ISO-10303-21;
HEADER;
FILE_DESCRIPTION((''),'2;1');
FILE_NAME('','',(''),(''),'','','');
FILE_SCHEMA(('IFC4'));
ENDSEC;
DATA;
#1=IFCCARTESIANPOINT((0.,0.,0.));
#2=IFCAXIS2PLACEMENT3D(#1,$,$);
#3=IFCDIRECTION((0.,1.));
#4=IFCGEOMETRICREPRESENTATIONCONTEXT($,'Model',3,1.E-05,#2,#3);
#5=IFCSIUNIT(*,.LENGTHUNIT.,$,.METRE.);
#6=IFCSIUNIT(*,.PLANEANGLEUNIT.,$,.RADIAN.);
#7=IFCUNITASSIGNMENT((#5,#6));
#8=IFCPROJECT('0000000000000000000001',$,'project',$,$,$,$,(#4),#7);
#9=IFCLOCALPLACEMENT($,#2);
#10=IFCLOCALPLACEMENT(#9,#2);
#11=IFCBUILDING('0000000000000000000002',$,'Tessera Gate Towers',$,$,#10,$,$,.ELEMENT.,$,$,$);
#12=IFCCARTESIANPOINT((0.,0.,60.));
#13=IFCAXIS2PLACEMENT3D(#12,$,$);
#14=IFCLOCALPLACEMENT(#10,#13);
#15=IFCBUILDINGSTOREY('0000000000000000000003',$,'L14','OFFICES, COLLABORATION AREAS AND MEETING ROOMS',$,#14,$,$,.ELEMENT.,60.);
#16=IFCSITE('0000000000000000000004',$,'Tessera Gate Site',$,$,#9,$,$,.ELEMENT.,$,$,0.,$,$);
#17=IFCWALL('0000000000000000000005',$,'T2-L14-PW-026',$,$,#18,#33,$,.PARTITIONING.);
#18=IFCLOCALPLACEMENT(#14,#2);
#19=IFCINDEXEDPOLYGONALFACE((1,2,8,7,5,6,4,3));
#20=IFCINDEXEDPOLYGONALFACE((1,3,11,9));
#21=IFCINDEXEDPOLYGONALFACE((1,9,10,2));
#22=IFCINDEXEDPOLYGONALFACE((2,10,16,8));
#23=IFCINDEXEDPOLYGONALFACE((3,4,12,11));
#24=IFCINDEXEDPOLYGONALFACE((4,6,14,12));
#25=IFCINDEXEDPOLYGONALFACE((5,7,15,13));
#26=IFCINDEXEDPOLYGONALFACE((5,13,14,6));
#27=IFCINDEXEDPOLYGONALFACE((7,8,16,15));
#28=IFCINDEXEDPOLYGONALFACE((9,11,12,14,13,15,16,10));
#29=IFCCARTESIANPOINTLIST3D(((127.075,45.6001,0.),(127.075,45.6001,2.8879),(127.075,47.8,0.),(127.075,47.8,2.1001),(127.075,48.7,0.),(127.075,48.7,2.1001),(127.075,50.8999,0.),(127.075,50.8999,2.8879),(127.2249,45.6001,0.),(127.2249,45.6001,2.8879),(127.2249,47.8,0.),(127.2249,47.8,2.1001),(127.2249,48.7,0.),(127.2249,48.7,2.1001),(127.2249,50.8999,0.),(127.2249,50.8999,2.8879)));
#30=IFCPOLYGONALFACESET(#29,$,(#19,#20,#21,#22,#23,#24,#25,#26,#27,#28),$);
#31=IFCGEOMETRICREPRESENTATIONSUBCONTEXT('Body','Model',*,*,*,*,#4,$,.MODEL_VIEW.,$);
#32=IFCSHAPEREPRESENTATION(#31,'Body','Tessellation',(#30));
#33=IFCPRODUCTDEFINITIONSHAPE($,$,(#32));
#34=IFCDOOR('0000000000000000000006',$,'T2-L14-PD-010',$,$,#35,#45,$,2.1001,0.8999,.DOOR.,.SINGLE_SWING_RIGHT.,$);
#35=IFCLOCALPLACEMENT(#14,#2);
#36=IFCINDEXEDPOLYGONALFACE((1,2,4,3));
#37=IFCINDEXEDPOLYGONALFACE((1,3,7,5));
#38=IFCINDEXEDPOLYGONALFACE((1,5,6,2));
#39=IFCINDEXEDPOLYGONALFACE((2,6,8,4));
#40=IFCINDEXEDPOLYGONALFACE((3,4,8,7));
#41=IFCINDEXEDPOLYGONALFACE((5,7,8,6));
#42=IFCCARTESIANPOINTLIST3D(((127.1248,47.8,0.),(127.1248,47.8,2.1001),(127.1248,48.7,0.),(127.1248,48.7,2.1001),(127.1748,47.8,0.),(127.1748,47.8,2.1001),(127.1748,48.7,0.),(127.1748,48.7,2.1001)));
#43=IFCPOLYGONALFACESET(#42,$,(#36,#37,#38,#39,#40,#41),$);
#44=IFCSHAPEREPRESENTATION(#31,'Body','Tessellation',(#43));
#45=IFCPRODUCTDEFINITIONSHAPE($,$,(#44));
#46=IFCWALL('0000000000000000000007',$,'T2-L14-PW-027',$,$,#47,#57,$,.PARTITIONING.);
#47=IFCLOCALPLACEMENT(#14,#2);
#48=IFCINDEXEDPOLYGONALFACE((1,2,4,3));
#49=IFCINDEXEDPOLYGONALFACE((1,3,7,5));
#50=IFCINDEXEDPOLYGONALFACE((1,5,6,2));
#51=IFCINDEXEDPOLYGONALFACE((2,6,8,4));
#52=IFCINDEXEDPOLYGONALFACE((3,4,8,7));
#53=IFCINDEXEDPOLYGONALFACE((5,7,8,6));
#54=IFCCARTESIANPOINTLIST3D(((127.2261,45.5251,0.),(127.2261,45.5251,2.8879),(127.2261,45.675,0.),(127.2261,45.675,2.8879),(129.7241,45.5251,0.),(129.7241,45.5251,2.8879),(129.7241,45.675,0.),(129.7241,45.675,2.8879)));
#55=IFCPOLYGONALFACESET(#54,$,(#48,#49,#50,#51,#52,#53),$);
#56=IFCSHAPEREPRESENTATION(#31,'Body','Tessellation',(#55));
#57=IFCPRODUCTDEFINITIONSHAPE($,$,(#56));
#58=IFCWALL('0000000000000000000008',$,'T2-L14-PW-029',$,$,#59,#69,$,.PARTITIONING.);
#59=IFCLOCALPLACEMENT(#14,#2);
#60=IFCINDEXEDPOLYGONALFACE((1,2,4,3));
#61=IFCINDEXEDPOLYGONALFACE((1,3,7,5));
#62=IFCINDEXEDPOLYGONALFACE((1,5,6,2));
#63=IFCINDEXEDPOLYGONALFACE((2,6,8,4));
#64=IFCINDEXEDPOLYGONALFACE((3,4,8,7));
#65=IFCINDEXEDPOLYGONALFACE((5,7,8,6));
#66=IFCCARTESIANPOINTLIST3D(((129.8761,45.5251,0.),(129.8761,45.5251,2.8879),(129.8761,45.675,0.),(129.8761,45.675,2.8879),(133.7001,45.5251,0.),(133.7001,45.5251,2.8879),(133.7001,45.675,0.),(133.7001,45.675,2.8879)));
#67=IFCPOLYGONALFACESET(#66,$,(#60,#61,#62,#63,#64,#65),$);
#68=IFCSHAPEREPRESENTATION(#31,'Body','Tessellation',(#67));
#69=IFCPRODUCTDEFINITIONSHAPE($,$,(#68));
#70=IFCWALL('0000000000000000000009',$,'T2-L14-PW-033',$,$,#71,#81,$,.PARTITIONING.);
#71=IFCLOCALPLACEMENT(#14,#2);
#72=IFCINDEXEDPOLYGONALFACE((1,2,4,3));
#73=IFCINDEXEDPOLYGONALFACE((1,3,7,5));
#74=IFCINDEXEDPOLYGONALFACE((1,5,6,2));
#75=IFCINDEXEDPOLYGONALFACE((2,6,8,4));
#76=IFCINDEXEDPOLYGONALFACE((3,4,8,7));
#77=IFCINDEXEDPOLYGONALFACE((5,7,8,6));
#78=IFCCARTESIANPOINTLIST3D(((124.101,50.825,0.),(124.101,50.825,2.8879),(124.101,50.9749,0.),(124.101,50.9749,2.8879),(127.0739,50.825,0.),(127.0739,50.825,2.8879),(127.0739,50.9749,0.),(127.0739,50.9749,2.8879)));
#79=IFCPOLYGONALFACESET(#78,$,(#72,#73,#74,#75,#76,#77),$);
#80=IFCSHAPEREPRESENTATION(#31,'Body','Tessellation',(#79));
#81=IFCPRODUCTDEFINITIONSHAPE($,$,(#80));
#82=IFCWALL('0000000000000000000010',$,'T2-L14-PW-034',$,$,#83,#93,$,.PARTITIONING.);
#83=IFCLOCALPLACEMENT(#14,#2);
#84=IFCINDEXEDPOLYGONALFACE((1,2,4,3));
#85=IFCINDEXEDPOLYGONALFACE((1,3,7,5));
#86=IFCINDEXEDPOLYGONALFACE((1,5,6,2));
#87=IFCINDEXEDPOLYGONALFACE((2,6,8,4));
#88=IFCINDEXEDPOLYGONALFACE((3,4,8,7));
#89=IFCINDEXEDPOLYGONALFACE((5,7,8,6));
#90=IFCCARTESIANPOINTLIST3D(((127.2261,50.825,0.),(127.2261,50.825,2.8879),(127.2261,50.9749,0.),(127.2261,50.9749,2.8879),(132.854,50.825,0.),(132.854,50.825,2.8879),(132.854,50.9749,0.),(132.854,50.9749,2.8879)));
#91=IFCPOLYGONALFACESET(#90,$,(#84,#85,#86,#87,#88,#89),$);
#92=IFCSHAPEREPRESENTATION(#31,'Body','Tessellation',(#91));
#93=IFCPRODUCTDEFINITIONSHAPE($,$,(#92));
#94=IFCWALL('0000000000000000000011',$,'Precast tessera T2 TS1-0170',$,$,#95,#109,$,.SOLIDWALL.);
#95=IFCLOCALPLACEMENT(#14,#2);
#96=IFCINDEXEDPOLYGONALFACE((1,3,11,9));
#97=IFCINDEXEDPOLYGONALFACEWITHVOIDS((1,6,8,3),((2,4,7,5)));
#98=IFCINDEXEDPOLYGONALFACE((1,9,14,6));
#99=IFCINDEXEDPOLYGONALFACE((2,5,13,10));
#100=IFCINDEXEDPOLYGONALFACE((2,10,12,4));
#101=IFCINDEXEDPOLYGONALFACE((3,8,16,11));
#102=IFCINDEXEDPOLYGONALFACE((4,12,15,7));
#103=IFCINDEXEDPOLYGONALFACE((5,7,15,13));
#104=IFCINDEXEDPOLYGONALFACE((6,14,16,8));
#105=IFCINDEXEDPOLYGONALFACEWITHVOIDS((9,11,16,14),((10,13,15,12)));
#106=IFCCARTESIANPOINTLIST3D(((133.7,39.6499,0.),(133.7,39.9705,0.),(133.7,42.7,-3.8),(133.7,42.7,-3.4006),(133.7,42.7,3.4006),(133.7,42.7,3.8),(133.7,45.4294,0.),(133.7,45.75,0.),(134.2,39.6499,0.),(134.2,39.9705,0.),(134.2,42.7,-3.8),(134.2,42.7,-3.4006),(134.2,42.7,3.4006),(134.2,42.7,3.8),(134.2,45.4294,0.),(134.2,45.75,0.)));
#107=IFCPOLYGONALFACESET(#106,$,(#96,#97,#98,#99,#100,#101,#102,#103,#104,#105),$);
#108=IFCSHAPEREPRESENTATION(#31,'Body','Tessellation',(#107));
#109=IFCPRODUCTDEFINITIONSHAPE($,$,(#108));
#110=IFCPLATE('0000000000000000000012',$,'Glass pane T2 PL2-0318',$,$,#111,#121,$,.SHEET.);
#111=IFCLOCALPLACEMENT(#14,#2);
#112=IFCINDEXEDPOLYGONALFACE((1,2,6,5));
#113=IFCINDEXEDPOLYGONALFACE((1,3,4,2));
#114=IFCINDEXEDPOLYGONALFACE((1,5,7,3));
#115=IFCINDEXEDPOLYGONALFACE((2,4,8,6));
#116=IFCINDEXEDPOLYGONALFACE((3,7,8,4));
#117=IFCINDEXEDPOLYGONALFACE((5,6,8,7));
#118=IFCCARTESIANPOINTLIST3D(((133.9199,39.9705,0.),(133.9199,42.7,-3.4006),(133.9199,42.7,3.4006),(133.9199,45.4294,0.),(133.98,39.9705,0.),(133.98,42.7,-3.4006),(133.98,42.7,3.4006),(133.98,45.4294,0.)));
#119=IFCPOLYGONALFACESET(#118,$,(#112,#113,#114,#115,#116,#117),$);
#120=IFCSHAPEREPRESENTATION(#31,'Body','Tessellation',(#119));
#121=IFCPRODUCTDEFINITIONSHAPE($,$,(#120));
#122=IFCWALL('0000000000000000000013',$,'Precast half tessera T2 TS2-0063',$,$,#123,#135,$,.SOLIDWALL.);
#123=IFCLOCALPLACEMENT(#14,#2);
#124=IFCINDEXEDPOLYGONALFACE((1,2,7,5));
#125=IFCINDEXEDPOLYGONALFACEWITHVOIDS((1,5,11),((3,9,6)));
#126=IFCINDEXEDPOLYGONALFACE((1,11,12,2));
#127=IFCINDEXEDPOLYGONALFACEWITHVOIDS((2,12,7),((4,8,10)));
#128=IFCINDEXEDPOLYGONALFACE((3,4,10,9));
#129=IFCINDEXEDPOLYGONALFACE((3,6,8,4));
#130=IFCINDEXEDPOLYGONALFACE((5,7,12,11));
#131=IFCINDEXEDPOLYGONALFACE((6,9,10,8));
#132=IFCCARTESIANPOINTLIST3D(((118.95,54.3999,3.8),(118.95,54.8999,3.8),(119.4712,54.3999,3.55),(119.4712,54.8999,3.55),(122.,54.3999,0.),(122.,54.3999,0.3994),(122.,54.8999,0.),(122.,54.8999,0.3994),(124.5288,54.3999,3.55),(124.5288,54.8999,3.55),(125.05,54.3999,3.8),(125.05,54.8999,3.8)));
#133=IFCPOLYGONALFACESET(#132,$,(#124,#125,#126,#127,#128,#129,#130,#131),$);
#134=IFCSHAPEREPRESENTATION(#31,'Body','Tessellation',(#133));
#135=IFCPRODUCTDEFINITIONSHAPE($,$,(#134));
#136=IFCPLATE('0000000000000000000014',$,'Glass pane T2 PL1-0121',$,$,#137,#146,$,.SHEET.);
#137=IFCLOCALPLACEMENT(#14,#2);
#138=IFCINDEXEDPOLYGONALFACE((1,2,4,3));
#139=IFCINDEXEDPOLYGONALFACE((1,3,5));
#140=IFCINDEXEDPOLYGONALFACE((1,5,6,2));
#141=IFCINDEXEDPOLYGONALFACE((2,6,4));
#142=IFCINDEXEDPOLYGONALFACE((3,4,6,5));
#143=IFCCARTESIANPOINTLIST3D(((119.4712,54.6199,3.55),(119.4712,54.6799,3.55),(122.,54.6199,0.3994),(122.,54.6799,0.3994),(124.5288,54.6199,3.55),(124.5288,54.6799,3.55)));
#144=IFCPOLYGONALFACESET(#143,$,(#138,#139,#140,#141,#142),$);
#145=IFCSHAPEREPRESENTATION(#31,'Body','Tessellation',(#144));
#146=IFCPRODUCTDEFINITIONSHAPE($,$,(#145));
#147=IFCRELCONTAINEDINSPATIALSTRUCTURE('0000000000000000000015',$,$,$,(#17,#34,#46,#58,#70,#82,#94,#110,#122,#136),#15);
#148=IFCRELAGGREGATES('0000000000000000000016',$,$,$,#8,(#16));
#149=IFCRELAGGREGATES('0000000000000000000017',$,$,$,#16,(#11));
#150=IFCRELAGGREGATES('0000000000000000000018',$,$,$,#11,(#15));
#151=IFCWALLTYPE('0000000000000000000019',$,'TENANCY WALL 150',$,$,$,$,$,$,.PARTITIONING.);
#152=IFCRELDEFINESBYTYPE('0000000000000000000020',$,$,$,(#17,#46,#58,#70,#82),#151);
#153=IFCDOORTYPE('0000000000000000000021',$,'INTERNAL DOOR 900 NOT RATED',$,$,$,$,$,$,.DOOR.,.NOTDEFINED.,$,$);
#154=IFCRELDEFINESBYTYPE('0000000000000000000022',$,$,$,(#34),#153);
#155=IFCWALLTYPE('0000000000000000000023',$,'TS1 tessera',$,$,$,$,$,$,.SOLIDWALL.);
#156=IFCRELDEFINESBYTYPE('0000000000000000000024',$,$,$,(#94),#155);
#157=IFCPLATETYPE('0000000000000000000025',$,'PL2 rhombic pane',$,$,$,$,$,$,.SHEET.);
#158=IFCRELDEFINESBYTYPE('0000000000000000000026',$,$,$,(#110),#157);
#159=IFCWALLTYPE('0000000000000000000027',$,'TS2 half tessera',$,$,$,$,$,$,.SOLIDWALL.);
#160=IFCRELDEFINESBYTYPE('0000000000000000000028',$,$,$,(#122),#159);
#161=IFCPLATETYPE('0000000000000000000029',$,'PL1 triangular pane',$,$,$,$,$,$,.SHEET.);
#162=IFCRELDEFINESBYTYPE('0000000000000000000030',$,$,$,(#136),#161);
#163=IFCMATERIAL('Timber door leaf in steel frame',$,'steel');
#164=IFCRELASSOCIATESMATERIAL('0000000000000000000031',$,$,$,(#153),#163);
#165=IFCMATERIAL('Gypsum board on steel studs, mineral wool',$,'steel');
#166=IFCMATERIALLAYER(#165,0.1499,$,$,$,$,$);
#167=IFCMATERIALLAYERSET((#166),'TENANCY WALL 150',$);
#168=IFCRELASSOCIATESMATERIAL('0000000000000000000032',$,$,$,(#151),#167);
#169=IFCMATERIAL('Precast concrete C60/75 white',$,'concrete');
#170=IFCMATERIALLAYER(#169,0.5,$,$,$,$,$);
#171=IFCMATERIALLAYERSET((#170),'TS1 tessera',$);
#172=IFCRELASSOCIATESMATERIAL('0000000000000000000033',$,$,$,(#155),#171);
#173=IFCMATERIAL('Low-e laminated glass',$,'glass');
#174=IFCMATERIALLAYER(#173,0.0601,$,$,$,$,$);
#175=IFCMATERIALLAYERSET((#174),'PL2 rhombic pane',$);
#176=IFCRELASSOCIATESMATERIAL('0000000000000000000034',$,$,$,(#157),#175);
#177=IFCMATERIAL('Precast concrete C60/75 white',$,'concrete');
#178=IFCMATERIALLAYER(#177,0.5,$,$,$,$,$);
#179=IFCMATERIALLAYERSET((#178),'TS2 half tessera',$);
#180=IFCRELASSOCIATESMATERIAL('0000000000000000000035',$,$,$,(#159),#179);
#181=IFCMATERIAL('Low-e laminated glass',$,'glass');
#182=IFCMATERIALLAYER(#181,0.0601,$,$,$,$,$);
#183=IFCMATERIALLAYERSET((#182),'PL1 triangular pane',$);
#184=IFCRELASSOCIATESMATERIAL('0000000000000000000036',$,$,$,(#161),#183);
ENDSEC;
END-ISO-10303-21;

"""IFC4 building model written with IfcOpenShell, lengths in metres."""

from ifc_helpers import new_model, si_unit, direction, frame, frame_2d, origin, place, context, subcontext, project, spatial, polyline, rectangle, outline, extrude, source, transform, mapped, material, layer, layer_set, type_object, element, fill, save


model = new_model("IFC4")

# Units and contexts
model_context = context("Model", 3, precision=1e-05, world=origin(), true_north=direction((0.0, 1.0)))
body_context = subcontext(model_context, "Body", "Model", "MODEL_VIEW")
ifc_project = project(units=[si_unit("LENGTHUNIT", "METRE"), si_unit("PLANEANGLEUNIT", "RADIAN")], contexts=[model_context])

# Site, building, storey
site_placement = place(None, origin())
site = spatial("IfcSite", under=ifc_project, at=site_placement, Name="Tessera Gate Site", CompositionType="ELEMENT", RefElevation=0.0)
building_placement = place(site_placement, origin())
building = spatial("IfcBuilding", under=site, at=building_placement, Name="Tessera Gate Towers", CompositionType="ELEMENT")
storey_placement = place(building_placement, frame((0.0, 0.0, 60.0)))
storey = spatial("IfcBuildingStorey", under=building, at=storey_placement, Name="L14", Description="OFFICES, COLLABORATION AREAS AND MEETING ROOMS", CompositionType="ELEMENT", Elevation=60.0)

# Shared definitions
ifc_material_1 = material(Name="Timber door leaf in steel frame", Category="steel")
door_type = type_object("IfcDoorType", Name="INTERNAL DOOR 900 NOT RATED", OperationType="NOTDEFINED", PredefinedType="DOOR", material=ifc_material_1)
shared_shape_1 = source(origin(), body_context, "Body", "SweptSolid", [
    extrude(rectangle(XDim=0.8999, YDim=2.1001, at=frame_2d((0.45, 1.05))), frame((0.0, 0.0249, 0.0), z_axis=(0.0, -1.0, 0.0), x_axis=(1.0, 0.0, 0.0)), (0.0, 0.0, 1.0), 0.05),
])

# Shared definitions
ifc_material_2 = material(Name="Gypsum board on steel studs, mineral wool", Category="steel")
ifc_layer_1 = layer(ifc_material_2, 0.1499)
ifc_layer_set_1 = layer_set([ifc_layer_1], Name="TENANCY WALL 150")
wall_type_1 = type_object("IfcWallType", Name="TENANCY WALL 150", PredefinedType="PARTITIONING", material=ifc_layer_set_1)
shared_shape_2 = source(origin(), body_context, "Body", "SweptSolid", [
    extrude(rectangle(XDim=0.8999, YDim=2.1001, at=frame_2d((0.45, 1.05))), frame((0.0, 0.085, 0.0), z_axis=(0.0, -1.0, 0.0), x_axis=(1.0, 0.0, 0.0)), (0.0, 0.0, 1.0), 0.1699),
])

# Wall, opening, door
wall_1_placement = place(storey_placement, frame((127.1499, 50.8999, 0.0), z_axis=(0.0, 0.0, 1.0), x_axis=(0.0, -1.0, 0.0)))
wall_1 = element("IfcWall", 1, at=wall_1_placement, inside=storey, type_object=wall_type_1, Name="T2-L14-PW-026", PredefinedType="PARTITIONING", context=body_context, shape_type="SweptSolid", body=[
    extrude(rectangle(XDim=5.2998, YDim=0.1499, at=frame_2d((2.6499, 0.0))), origin(), (0.0, 0.0, 1.0), 2.8879),
])
opening_1_placement = place(wall_1_placement, frame((2.2, 0.0, 0.0)))
opening_1 = element("IfcOpeningElement", 2, at=opening_1_placement, cuts=wall_1, PredefinedType="OPENING", context=body_context, shape_type="MappedRepresentation", body=[
    mapped(shared_shape_2, transform((0.0, 0.0, 0.0), scale=1.0)),
])
door_1_placement = place(opening_1_placement, origin())
door_1 = element("IfcDoor", 3, at=door_1_placement, inside=storey, type_object=door_type, Name="T2-L14-PD-010", OperationType="SINGLE_SWING_RIGHT", OverallHeight=2.1001, OverallWidth=0.8999, PredefinedType="DOOR", context=body_context, shape_type="MappedRepresentation", body=[
    mapped(shared_shape_1, transform((0.0, 0.0, 0.0), scale=1.0)),
])
fill(opening_1, door_1)

# Walls
wall_2_placement = place(storey_placement, frame((127.2261, 45.6001, 0.0), z_axis=(0.0, 0.0, 1.0), x_axis=(1.0, 0.0, 0.0)))
element("IfcWall", 4, at=wall_2_placement, inside=storey, type_object=wall_type_1, Name="T2-L14-PW-027", PredefinedType="PARTITIONING", context=body_context, shape_type="SweptSolid", body=[
    extrude(rectangle(XDim=2.498, YDim=0.1499, at=frame_2d((1.249, 0.0))), origin(), (0.0, 0.0, 1.0), 2.8879),
])
wall_3_placement = place(storey_placement, frame((129.876, 45.6001, 0.0), z_axis=(0.0, 0.0, 1.0), x_axis=(1.0, 0.0, 0.0)))
element("IfcWall", 5, at=wall_3_placement, inside=storey, type_object=wall_type_1, Name="T2-L14-PW-029", PredefinedType="PARTITIONING", context=body_context, shape_type="SweptSolid", body=[
    extrude(rectangle(XDim=3.824, YDim=0.1499, at=frame_2d((1.9121, 0.0))), origin(), (0.0, 0.0, 1.0), 2.8879),
])
wall_4_placement = place(storey_placement, frame((124.1011, 50.8999, 0.0), z_axis=(0.0, 0.0, 1.0), x_axis=(1.0, 0.0, 0.0)))
element("IfcWall", 6, at=wall_4_placement, inside=storey, type_object=wall_type_1, Name="T2-L14-PW-033", PredefinedType="PARTITIONING", context=body_context, shape_type="SweptSolid", body=[
    extrude(rectangle(XDim=2.9729, YDim=0.1499, at=frame_2d((1.4863, 0.0))), origin(), (0.0, 0.0, 1.0), 2.8879),
])
wall_5_placement = place(storey_placement, frame((127.2261, 50.8999, 0.0), z_axis=(0.0, 0.0, 1.0), x_axis=(1.0, 0.0, 0.0)))
element("IfcWall", 7, at=wall_5_placement, inside=storey, type_object=wall_type_1, Name="T2-L14-PW-034", PredefinedType="PARTITIONING", context=body_context, shape_type="SweptSolid", body=[
    extrude(rectangle(XDim=5.6279, YDim=0.1499, at=frame_2d((2.814, 0.0))), origin(), (0.0, 0.0, 1.0), 2.8879),
])

# Walls, openings, plates
ifc_material_3 = material(Name="Precast concrete C60/75 white", Category="concrete")
ifc_layer_2 = layer(ifc_material_3, 0.5)
ifc_layer_set_2 = layer_set([ifc_layer_2], Name="TS1 tessera")
wall_type_2 = type_object("IfcWallType", Name="TS1 tessera", PredefinedType="SOLIDWALL", material=ifc_layer_set_2)
shared_shape_3 = source(origin(), body_context, "Body", "SweptSolid", [
    extrude(outline(polyline([(3.05, 0.0), (6.1001, 3.8), (3.05, 7.6001), (0.0, 3.8), (3.05, 0.0)])), frame((0.0, 0.25, 0.0), z_axis=(0.0, -1.0, 0.0), x_axis=(1.0, 0.0, 0.0)), (0.0, 0.0, 1.0), 0.5),
])
wall_6_placement = place(storey_placement, frame((133.95, 39.6499, -3.8), z_axis=(0.0, 0.0, 1.0), x_axis=(0.0, 1.0, 0.0)))
wall_6 = element("IfcWall", 8, at=wall_6_placement, inside=storey, type_object=wall_type_2, Name="Precast tessera T2 TS1-0170", PredefinedType="SOLIDWALL", context=body_context, shape_type="MappedRepresentation", body=[
    mapped(shared_shape_3, transform((0.0, 0.0, 0.0), scale=1.0)),
])
shared_shape_4 = source(origin(), body_context, "Body", "SweptSolid", [
    extrude(outline(polyline([(3.05, 0.3994), (5.7795, 3.8), (3.05, 7.2007), (0.3206, 3.8), (3.05, 0.3994)])), frame((0.0, 0.26, 0.0), z_axis=(0.0, -1.0, 0.0), x_axis=(1.0, 0.0, 0.0)), (0.0, 0.0, 1.0), 0.52),
])
opening_2_placement = place(wall_6_placement, origin())
opening_2 = element("IfcOpeningElement", 9, at=opening_2_placement, cuts=wall_6, PredefinedType="OPENING", context=body_context, shape_type="MappedRepresentation", body=[
    mapped(shared_shape_4, transform((0.0, 0.0, 0.0), scale=1.0)),
])
ifc_material_4 = material(Name="Low-e laminated glass", Category="glass")
ifc_layer_3 = layer(ifc_material_4, 0.0601)
ifc_layer_set_3 = layer_set([ifc_layer_3], Name="PL2 rhombic pane")
plate_type_1 = type_object("IfcPlateType", Name="PL2 rhombic pane", PredefinedType="SHEET", material=ifc_layer_set_3)
shared_shape_5 = source(origin(), body_context, "Body", "SweptSolid", [
    extrude(outline(polyline([(3.05, 0.3994), (5.7795, 3.8), (3.05, 7.2007), (0.3206, 3.8), (3.05, 0.3994)])), frame((0.0, 0.03, 0.0), z_axis=(0.0, -1.0, 0.0), x_axis=(1.0, 0.0, 0.0)), (0.0, 0.0, 1.0), 0.0601),
])
plate_1_placement = place(opening_2_placement, origin())
plate_1 = element("IfcPlate", 10, at=plate_1_placement, inside=storey, type_object=plate_type_1, Name="Glass pane T2 PL2-0318", PredefinedType="SHEET", context=body_context, shape_type="MappedRepresentation", body=[
    mapped(shared_shape_5, transform((0.0, 0.0, 0.0), scale=1.0)),
])
fill(opening_2, plate_1)
ifc_material_5 = material(Name="Precast concrete C60/75 white", Category="concrete")
ifc_layer_4 = layer(ifc_material_5, 0.5)
ifc_layer_set_4 = layer_set([ifc_layer_4], Name="TS2 half tessera")
wall_type_3 = type_object("IfcWallType", Name="TS2 half tessera", PredefinedType="SOLIDWALL", material=ifc_layer_set_4)
shared_shape_6 = source(origin(), body_context, "Body", "SweptSolid", [
    extrude(outline(polyline([(3.05, 0.0), (6.1001, 3.8), (0.0, 3.8), (3.05, 0.0)])), frame((0.0, 0.25, 0.0), z_axis=(0.0, -1.0, 0.0), x_axis=(1.0, 0.0, 0.0)), (0.0, 0.0, 1.0), 0.5),
])
wall_7_placement = place(storey_placement, frame((125.05, 54.6499, 0.0), z_axis=(0.0, 0.0, 1.0), x_axis=(-1.0, 0.0, 0.0)))
wall_7 = element("IfcWall", 11, at=wall_7_placement, inside=storey, type_object=wall_type_3, Name="Precast half tessera T2 TS2-0063", PredefinedType="SOLIDWALL", context=body_context, shape_type="MappedRepresentation", body=[
    mapped(shared_shape_6, transform((0.0, 0.0, 0.0), scale=1.0)),
])
shared_shape_7 = source(origin(), body_context, "Body", "SweptSolid", [
    extrude(outline(polyline([(3.05, 0.3994), (5.5789, 3.55), (0.5212, 3.55), (3.05, 0.3994)])), frame((0.0, 0.26, 0.0), z_axis=(0.0, -1.0, 0.0), x_axis=(1.0, 0.0, 0.0)), (0.0, 0.0, 1.0), 0.52),
])
opening_3_placement = place(wall_7_placement, origin())
opening_3 = element("IfcOpeningElement", 12, at=opening_3_placement, cuts=wall_7, PredefinedType="OPENING", context=body_context, shape_type="MappedRepresentation", body=[
    mapped(shared_shape_7, transform((0.0, 0.0, 0.0), scale=1.0)),
])
ifc_material_6 = material(Name="Low-e laminated glass", Category="glass")
ifc_layer_5 = layer(ifc_material_6, 0.0601)
ifc_layer_set_5 = layer_set([ifc_layer_5], Name="PL1 triangular pane")
plate_type_2 = type_object("IfcPlateType", Name="PL1 triangular pane", PredefinedType="SHEET", material=ifc_layer_set_5)
shared_shape_8 = source(origin(), body_context, "Body", "SweptSolid", [
    extrude(outline(polyline([(3.05, 0.3994), (5.5789, 3.55), (0.5212, 3.55), (3.05, 0.3994)])), frame((0.0, 0.03, 0.0), z_axis=(0.0, -1.0, 0.0), x_axis=(1.0, 0.0, 0.0)), (0.0, 0.0, 1.0), 0.0601),
])
plate_2_placement = place(opening_3_placement, origin())
plate_2 = element("IfcPlate", 13, at=plate_2_placement, inside=storey, type_object=plate_type_2, Name="Glass pane T2 PL1-0121", PredefinedType="SHEET", context=body_context, shape_type="MappedRepresentation", body=[
    mapped(shared_shape_8, transform((0.0, 0.0, 0.0), scale=1.0)),
])
fill(opening_3, plate_2)

save(model, "model.ifc")
